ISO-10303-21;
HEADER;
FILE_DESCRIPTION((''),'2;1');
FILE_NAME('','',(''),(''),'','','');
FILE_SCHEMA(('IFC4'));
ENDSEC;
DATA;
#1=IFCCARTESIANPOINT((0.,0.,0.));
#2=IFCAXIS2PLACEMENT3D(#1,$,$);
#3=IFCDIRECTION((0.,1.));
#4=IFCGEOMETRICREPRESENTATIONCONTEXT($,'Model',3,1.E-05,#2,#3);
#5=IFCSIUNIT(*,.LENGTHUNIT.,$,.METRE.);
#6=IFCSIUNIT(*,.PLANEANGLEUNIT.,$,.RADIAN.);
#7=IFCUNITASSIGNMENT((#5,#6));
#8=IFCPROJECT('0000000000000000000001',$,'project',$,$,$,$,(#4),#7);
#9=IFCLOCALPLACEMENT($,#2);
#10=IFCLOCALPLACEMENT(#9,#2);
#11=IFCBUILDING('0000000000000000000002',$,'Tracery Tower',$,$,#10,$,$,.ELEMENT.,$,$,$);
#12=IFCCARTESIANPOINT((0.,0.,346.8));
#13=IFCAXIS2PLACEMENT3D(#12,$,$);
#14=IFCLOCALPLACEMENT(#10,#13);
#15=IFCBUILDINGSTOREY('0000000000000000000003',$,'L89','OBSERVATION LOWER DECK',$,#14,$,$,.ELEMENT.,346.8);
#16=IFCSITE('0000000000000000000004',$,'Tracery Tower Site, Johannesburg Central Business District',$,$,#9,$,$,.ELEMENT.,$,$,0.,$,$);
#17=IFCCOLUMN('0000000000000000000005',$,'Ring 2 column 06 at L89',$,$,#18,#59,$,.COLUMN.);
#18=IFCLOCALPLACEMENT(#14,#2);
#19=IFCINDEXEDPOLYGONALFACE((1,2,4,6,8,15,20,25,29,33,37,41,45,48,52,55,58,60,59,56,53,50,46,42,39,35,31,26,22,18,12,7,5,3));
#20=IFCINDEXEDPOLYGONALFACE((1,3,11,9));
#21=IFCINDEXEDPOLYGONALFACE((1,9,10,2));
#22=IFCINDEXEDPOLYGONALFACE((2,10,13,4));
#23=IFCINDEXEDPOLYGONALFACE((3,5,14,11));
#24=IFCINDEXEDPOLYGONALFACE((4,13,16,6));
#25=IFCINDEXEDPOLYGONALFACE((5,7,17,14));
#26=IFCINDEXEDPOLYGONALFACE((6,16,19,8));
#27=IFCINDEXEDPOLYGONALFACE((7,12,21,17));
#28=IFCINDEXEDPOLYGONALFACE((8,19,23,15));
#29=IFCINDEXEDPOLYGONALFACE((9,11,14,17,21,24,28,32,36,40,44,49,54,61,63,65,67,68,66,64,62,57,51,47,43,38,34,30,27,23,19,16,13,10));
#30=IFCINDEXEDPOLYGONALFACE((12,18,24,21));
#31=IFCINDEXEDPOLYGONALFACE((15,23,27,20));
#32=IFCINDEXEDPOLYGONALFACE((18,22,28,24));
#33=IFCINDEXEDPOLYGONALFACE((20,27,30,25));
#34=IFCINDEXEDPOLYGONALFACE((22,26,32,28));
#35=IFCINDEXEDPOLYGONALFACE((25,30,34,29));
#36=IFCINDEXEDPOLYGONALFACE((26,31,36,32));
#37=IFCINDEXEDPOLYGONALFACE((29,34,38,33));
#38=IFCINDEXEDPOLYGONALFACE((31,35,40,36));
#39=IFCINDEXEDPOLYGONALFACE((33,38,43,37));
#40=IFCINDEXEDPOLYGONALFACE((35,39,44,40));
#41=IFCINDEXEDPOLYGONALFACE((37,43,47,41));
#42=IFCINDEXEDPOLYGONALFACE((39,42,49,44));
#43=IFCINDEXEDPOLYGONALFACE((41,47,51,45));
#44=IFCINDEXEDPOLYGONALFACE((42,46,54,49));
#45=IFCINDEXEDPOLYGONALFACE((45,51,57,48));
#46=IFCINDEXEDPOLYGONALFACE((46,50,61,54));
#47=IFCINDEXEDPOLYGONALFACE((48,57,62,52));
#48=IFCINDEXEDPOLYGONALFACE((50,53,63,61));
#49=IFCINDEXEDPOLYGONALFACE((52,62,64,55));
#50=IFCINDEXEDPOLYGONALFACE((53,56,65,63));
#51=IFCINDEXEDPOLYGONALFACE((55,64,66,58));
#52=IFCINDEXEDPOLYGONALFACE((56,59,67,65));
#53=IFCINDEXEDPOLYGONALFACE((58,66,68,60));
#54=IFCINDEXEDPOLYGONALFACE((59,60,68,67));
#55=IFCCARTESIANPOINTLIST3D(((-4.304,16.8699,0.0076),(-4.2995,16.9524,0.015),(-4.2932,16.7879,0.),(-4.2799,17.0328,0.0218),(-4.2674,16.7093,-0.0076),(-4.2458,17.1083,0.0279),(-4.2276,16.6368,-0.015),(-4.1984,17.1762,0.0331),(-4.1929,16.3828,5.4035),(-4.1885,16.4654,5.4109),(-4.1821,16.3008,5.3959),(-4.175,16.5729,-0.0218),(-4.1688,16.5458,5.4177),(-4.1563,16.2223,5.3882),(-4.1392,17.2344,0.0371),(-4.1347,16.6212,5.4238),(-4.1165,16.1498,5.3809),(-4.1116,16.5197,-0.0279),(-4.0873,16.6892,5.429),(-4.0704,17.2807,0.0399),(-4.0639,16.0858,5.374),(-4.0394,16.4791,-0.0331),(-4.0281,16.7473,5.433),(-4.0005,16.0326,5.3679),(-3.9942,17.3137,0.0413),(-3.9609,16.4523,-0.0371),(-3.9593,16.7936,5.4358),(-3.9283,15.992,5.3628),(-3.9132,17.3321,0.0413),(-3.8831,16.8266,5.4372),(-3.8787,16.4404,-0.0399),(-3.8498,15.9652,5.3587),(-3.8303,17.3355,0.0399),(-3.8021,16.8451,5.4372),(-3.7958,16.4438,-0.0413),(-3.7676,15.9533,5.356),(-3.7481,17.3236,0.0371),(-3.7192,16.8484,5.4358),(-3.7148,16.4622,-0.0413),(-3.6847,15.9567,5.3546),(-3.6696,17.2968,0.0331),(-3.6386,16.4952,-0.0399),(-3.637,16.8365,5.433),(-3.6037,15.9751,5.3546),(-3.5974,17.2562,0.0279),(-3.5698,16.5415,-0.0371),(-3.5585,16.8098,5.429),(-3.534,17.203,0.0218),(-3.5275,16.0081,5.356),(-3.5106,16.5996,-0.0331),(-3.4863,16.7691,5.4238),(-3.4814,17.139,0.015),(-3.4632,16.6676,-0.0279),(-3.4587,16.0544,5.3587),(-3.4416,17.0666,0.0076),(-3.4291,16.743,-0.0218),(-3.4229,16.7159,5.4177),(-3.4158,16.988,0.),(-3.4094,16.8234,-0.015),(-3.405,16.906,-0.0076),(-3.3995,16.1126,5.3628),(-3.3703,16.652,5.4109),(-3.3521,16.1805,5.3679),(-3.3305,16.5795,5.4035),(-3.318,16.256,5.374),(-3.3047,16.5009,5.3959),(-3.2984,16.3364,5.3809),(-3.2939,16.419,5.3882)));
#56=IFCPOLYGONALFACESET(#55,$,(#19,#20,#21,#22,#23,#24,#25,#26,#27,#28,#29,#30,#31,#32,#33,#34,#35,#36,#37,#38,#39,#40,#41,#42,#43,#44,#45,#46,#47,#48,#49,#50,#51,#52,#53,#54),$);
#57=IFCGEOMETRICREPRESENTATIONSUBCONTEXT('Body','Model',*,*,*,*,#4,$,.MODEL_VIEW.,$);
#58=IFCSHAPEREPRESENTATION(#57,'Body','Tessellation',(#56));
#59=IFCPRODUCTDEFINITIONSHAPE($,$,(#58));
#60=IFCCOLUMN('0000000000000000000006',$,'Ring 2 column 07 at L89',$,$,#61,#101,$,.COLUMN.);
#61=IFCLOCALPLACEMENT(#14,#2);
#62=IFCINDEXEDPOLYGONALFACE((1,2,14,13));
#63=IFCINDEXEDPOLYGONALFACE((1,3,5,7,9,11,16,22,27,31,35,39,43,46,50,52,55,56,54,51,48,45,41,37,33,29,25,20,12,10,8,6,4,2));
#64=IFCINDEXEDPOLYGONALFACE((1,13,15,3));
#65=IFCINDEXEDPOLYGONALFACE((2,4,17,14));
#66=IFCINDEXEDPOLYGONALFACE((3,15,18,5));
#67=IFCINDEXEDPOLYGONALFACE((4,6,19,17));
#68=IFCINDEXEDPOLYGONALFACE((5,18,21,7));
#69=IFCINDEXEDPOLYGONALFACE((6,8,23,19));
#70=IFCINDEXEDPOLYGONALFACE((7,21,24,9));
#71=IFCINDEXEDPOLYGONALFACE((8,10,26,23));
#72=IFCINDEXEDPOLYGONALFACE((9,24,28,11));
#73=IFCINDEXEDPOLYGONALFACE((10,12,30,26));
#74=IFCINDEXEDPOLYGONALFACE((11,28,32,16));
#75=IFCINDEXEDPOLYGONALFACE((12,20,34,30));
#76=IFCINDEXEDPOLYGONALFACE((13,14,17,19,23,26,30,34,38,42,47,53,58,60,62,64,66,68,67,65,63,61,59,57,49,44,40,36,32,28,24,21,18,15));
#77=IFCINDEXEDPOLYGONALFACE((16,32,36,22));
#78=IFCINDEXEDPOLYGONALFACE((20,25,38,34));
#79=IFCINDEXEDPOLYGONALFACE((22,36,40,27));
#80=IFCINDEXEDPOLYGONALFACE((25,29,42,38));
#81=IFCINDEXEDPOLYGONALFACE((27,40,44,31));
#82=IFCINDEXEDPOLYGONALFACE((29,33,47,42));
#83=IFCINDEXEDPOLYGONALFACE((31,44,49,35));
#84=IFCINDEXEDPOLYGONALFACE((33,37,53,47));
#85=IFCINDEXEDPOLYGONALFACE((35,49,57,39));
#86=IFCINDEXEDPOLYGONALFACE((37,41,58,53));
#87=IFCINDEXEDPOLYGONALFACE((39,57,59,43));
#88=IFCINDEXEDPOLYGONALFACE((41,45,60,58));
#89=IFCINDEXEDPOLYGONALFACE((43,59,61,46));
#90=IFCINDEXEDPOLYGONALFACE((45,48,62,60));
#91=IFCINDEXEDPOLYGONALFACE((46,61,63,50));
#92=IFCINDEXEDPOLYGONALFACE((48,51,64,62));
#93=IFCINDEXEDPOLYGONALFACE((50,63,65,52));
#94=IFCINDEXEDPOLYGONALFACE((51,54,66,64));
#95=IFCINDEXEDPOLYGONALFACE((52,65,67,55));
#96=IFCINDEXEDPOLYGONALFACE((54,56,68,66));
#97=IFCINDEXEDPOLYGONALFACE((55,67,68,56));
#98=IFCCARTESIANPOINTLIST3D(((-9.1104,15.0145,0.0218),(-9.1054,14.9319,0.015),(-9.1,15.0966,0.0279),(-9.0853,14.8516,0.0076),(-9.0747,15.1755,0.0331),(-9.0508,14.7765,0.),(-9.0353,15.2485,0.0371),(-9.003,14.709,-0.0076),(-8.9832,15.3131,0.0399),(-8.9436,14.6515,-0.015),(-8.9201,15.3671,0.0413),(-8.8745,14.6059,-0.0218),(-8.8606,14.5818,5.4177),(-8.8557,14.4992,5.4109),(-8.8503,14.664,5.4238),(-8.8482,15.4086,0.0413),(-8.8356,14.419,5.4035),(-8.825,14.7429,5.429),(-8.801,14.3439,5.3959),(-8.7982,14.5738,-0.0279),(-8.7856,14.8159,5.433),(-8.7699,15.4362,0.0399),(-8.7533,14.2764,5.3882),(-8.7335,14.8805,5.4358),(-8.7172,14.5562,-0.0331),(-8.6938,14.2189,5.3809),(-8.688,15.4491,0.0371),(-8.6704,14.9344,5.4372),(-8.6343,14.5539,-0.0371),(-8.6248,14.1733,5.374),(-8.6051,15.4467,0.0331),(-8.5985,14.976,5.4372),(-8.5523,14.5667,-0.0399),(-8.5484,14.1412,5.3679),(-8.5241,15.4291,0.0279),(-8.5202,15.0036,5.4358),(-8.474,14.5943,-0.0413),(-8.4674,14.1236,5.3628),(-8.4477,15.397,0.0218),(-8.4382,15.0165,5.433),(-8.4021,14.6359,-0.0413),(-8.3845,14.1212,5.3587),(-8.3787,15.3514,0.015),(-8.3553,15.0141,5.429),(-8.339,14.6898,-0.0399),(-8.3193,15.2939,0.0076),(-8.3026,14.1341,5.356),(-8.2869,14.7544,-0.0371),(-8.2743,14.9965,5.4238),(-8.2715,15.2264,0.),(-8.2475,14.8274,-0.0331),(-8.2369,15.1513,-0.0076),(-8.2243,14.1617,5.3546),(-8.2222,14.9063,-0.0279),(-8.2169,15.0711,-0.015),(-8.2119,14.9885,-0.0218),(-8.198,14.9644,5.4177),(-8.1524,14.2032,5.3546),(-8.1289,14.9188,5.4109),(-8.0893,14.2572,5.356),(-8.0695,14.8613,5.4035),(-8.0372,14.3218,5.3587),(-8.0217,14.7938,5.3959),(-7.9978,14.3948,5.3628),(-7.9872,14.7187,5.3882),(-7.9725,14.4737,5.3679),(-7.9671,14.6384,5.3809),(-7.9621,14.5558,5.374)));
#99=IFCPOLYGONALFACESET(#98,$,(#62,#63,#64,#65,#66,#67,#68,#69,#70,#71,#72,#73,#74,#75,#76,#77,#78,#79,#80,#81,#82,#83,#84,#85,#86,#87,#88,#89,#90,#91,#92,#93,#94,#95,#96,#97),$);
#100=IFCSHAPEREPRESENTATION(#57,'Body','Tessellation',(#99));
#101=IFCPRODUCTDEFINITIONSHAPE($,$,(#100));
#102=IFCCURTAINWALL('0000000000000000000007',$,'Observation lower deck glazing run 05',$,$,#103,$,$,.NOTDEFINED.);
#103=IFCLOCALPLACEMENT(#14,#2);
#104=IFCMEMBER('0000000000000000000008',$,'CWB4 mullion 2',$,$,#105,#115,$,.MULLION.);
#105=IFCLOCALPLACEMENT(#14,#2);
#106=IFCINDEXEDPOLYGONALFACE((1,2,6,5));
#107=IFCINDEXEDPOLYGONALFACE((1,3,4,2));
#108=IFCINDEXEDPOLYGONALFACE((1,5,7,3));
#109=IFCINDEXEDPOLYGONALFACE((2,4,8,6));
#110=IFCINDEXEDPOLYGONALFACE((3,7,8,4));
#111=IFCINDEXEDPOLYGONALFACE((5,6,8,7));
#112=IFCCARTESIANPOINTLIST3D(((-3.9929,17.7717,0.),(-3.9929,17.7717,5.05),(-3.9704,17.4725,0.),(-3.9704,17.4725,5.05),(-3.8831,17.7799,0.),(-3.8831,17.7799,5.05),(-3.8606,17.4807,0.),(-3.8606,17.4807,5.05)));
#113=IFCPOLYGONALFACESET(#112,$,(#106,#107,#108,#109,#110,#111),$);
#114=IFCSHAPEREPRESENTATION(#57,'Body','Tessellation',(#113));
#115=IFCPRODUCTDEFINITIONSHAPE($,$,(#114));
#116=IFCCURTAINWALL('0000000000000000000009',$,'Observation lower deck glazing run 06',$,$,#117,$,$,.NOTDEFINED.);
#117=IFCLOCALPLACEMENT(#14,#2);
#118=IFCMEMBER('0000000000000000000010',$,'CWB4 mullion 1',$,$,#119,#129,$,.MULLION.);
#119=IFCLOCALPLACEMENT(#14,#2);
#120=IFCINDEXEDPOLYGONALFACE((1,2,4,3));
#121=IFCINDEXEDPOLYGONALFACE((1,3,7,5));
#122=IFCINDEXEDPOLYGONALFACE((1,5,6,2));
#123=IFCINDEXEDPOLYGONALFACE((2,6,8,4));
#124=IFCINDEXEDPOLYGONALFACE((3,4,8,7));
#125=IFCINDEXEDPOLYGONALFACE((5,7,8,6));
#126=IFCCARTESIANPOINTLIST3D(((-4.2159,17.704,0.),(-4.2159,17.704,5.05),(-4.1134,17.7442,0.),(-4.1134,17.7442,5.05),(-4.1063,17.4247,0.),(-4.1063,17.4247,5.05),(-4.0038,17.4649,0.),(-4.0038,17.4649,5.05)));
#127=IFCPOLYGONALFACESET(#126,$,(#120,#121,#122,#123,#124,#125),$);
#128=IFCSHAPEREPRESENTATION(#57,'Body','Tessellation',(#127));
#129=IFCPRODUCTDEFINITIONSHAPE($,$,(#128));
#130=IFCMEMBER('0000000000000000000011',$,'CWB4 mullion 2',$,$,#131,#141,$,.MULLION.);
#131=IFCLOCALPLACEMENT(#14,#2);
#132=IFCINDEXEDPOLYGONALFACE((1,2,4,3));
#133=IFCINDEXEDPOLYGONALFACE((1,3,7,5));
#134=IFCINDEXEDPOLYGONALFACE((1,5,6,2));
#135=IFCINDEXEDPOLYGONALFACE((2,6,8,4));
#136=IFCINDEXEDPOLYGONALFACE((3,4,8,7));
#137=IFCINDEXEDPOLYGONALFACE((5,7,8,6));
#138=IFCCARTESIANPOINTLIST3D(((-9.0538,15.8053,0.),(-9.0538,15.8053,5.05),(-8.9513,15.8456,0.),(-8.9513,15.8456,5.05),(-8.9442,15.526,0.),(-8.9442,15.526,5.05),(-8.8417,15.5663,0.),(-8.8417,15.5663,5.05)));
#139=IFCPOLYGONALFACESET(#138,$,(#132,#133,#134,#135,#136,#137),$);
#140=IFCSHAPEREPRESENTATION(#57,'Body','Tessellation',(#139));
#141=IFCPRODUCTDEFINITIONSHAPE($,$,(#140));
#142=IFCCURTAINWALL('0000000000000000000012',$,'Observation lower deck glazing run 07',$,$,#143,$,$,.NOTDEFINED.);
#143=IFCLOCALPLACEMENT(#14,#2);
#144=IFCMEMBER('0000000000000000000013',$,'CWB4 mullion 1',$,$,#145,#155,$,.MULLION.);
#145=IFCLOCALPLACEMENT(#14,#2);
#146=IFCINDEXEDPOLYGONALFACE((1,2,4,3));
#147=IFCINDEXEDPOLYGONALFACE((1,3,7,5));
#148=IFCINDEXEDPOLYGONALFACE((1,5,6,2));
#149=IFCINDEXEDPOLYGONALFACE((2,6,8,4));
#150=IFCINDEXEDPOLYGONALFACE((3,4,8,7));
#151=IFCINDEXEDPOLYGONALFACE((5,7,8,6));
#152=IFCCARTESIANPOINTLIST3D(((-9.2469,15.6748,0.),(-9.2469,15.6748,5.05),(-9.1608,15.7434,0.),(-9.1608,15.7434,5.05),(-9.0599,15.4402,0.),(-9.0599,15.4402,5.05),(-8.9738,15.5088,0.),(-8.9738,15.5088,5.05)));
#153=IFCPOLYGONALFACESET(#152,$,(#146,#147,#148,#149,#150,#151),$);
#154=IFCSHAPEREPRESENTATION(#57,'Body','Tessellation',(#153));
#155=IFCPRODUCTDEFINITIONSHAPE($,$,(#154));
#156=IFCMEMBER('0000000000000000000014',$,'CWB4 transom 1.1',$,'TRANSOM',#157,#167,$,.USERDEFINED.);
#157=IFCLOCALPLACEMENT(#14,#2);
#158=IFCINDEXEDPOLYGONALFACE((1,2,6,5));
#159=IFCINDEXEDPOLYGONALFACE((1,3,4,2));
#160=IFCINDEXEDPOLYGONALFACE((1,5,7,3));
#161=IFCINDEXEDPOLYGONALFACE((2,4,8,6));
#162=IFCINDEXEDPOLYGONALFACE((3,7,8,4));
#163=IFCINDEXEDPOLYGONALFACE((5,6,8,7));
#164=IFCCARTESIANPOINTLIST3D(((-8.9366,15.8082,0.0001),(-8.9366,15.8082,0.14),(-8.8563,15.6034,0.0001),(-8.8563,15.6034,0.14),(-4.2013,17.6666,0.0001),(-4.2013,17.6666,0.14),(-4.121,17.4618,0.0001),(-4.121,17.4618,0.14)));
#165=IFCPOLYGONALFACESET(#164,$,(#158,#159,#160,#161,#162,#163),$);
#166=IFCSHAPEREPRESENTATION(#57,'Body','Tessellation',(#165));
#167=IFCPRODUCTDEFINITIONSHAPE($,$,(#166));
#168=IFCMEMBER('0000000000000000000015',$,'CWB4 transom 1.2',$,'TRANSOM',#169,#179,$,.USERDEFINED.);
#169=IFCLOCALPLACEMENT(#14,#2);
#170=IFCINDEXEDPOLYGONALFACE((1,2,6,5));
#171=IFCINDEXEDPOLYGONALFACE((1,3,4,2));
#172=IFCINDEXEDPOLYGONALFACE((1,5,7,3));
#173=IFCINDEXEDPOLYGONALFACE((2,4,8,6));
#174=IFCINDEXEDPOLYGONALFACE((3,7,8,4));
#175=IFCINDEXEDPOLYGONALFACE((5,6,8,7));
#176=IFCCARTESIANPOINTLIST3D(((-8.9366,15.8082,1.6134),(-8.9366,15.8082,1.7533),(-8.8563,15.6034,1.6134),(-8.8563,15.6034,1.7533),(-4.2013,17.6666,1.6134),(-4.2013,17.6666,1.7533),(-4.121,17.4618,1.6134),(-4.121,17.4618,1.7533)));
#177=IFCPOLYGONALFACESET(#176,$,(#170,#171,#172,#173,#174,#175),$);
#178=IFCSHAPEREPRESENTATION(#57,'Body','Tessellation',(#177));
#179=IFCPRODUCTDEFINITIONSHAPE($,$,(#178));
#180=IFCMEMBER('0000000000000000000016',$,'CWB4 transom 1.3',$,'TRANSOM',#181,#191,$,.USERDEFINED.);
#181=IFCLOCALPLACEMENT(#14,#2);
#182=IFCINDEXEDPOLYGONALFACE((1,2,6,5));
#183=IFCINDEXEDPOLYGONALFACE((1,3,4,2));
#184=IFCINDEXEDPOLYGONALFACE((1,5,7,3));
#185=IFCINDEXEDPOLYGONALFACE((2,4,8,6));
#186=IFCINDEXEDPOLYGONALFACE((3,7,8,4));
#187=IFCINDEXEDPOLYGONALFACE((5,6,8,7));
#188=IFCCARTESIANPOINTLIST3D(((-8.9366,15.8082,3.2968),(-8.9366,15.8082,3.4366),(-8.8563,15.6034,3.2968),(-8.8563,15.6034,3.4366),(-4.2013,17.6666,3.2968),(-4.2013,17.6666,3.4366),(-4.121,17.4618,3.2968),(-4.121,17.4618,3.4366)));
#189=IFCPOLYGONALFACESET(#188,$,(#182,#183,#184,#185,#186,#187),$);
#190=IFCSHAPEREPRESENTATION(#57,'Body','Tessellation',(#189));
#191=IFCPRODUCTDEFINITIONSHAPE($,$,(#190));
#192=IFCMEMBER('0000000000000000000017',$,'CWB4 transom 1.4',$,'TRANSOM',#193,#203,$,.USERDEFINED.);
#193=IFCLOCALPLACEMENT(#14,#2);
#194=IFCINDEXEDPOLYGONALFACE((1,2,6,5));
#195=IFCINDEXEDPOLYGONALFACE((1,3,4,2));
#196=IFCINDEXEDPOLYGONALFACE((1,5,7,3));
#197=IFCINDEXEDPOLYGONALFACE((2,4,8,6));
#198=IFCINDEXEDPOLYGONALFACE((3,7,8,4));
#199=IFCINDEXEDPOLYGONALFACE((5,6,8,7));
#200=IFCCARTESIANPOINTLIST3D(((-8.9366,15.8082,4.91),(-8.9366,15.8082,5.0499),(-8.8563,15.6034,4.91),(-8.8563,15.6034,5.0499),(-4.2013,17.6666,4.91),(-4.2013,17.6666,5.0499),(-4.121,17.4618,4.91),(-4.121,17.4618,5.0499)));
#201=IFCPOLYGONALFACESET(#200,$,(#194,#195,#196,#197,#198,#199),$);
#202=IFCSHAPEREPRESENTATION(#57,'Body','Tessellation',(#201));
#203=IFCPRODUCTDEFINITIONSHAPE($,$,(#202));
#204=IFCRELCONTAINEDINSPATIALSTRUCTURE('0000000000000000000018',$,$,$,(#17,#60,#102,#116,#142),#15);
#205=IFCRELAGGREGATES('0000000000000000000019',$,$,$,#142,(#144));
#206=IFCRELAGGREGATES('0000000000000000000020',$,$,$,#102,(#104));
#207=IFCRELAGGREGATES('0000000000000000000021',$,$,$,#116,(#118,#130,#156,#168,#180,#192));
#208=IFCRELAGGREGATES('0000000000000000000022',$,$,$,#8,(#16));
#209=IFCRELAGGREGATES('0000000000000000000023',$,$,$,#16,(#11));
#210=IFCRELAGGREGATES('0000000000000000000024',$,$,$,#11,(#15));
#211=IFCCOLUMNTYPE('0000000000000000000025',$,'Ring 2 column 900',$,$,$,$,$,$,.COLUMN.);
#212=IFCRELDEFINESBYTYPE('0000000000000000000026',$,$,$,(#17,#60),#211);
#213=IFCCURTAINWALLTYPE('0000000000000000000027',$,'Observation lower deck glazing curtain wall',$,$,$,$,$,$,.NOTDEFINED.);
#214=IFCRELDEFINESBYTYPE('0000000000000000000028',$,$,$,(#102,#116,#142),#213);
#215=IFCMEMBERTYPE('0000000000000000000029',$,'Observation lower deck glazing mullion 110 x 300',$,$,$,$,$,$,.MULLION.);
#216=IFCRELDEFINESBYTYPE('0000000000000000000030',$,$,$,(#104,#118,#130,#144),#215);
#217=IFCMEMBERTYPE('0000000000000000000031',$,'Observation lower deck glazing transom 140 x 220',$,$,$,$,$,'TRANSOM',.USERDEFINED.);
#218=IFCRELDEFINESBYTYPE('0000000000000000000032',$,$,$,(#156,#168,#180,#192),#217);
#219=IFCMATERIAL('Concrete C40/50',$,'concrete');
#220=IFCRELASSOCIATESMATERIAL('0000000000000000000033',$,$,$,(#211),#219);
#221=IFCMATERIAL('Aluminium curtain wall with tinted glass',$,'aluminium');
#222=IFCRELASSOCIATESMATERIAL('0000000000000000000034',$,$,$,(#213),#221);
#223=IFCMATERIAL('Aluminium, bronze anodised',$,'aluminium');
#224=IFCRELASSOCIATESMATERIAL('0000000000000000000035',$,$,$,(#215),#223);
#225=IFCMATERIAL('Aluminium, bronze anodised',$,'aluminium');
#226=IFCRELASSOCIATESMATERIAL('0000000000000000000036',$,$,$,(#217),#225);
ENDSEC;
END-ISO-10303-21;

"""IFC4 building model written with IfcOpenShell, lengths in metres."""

from ifc_helpers import new_model, si_unit, direction, frame, origin, origin_2d, place, context, subcontext, project, spatial, rectangle, circle, extrude, material, material_profile, profile_set, type_object, element, aggregate, save


model = new_model("IFC4")

# Units and contexts
model_context = context("Model", 3, precision=1e-05, world=origin(), true_north=direction((0.0, 1.0)))
body_context = subcontext(model_context, "Body", "Model", "MODEL_VIEW")
ifc_project = project(units=[si_unit("LENGTHUNIT", "METRE"), si_unit("PLANEANGLEUNIT", "RADIAN")], contexts=[model_context])

# Site, building, storey
site_placement = place(None, origin())
site = spatial("IfcSite", under=ifc_project, at=site_placement, Name="Tracery Tower Site, Johannesburg Central Business District", CompositionType="ELEMENT", RefElevation=0.0)
building_placement = place(site_placement, origin())
building = spatial("IfcBuilding", under=site, at=building_placement, Name="Tracery Tower", CompositionType="ELEMENT")
storey_placement = place(building_placement, frame((0.0, 0.0, 346.8)))
storey = spatial("IfcBuildingStorey", under=building, at=storey_placement, Name="L89", Description="OBSERVATION LOWER DECK", CompositionType="ELEMENT", Elevation=346.8)

# Columns
ifc_material_1 = material(Name="Concrete C40/50", Category="concrete")
ifc_material_profile_1 = material_profile(ifc_material_1, circle(Radius=0.45, at=origin_2d()), Name="RC D900")
ifc_profile_set_1 = profile_set([ifc_material_profile_1], Name="Concrete C40/50")
column_type = type_object("IfcColumnType", Name="Ring 2 column 900", PredefinedType="COLUMN", material=ifc_profile_set_1)
for number, where, z_axis, x_axis, name in (
    (1, (-3.8545, 16.8879, 0.0), (0.0205, -0.089883, 0.995741), (0.974965, 0.22236, 0.0), "Ring 2 column 06 at L89"),
    (2, (-8.6611, 15.0015, 0.0), (0.04609, -0.079836, 0.995742), (0.866039, 0.499976, 0.0), "Ring 2 column 07 at L89"),
):
    element("IfcColumn", number, at=place(storey_placement, frame(where, z_axis=z_axis, x_axis=x_axis)), inside=storey, type_object=column_type, Name=name, PredefinedType="COLUMN", context=body_context, shape_type="SweptSolid", body=[
        extrude(circle(Radius=0.45, at=origin_2d()), origin(), (0.0, 0.0, 1.0), 5.4189),
    ])

# Curtain wall, member
ifc_material_2 = material(Name="Aluminium curtain wall with tinted glass", Category="aluminium")
curtain_wall_type = type_object("IfcCurtainWallType", Name="Observation lower deck glazing curtain wall", PredefinedType="NOTDEFINED", material=ifc_material_2)
curtain_wall_1_placement = place(storey_placement, origin())
curtain_wall_1 = element("IfcCurtainWall", 3, at=curtain_wall_1_placement, inside=storey, type_object=curtain_wall_type, Name="Observation lower deck glazing run 05", PredefinedType="NOTDEFINED")
ifc_material_3 = material(Name="Aluminium, bronze anodised", Category="aluminium")
ifc_material_profile_2 = material_profile(ifc_material_3, rectangle(XDim=0.3, YDim=0.1101, at=origin_2d()), Name="Observation lower deck glazing mullion 110 x 300")
ifc_profile_set_2 = profile_set([ifc_material_profile_2], Name="Aluminium, bronze anodised")
member_type_1 = type_object("IfcMemberType", Name="Observation lower deck glazing mullion 110 x 300", PredefinedType="MULLION", material=ifc_profile_set_2)
member_1_placement = place(storey_placement, frame((-3.9268, 17.6262, 0.0), z_axis=(0.0, 0.0, 1.0), x_axis=(0.074731, -0.997204, 0.0)))
member_1 = element("IfcMember", 4, at=member_1_placement, type_object=member_type_1, Name="CWB4 mullion 2", PredefinedType="MULLION", context=body_context, shape_type="SweptSolid", body=[
    extrude(rectangle(XDim=0.3, YDim=0.1101, at=origin_2d()), origin(), (0.0, 0.0, 1.0), 5.05),
])

# Curtain wall, members
curtain_wall_2_placement = place(storey_placement, origin())
curtain_wall_2 = element("IfcCurtainWall", 5, at=curtain_wall_2_placement, inside=storey, type_object=curtain_wall_type, Name="Observation lower deck glazing run 06", PredefinedType="NOTDEFINED")
member_2_placement = place(storey_placement, frame((-4.1099, 17.5845, 0.0), z_axis=(0.0, 0.0, 1.0), x_axis=(0.365343, -0.930873, 0.0)))
member_2 = element("IfcMember", 6, at=member_2_placement, type_object=member_type_1, Name="CWB4 mullion 1", PredefinedType="MULLION", context=body_context, shape_type="SweptSolid", body=[
    extrude(rectangle(XDim=0.3, YDim=0.1101, at=origin_2d()), origin(), (0.0, 0.0, 1.0), 5.05),
])
member_3_placement = place(storey_placement, frame((-8.9478, 15.6858, 0.0), z_axis=(0.0, 0.0, 1.0), x_axis=(0.365343, -0.930873, 0.0)))
member_3 = element("IfcMember", 7, at=member_3_placement, type_object=member_type_1, Name="CWB4 mullion 2", PredefinedType="MULLION", context=body_context, shape_type="SweptSolid", body=[
    extrude(rectangle(XDim=0.3, YDim=0.1101, at=origin_2d()), origin(), (0.0, 0.0, 1.0), 5.05),
])

# Curtain wall, member
curtain_wall_3_placement = place(storey_placement, origin())
curtain_wall_3 = element("IfcCurtainWall", 8, at=curtain_wall_3_placement, inside=storey, type_object=curtain_wall_type, Name="Observation lower deck glazing run 07", PredefinedType="NOTDEFINED")
member_4_placement = place(storey_placement, frame((-9.1104, 15.5918, 0.0), z_axis=(0.0, 0.0, 1.0), x_axis=(0.623481, -0.781839, 0.0)))
member_4 = element("IfcMember", 9, at=member_4_placement, type_object=member_type_1, Name="CWB4 mullion 1", PredefinedType="MULLION", context=body_context, shape_type="SweptSolid", body=[
    extrude(rectangle(XDim=0.3, YDim=0.1101, at=origin_2d()), origin(), (0.0, 0.0, 1.0), 5.05),
])

# Members
ifc_material_4 = material(Name="Aluminium, bronze anodised", Category="aluminium")
ifc_material_profile_3 = material_profile(ifc_material_4, rectangle(XDim=0.22, YDim=0.1399, at=origin_2d()), Name="Observation lower deck glazing transom 140 x 220")
ifc_profile_set_3 = profile_set([ifc_material_profile_3], Name="Aluminium, bronze anodised")
member_type_2 = type_object("IfcMemberType", Name="Observation lower deck glazing transom 140 x 220", ElementType="TRANSOM", PredefinedType="USERDEFINED", material=ifc_profile_set_3)
member_5_placement = place(storey_placement, frame((-4.1611, 17.5642, 0.0701), z_axis=(-0.93088, -0.365326, 0.0), x_axis=(0.365326, -0.93088, 0.0)))
member_5 = element("IfcMember", 10, at=member_5_placement, type_object=member_type_2, Name="CWB4 transom 1.1", ObjectType="TRANSOM", PredefinedType="USERDEFINED", context=body_context, shape_type="SweptSolid", body=[
    extrude(rectangle(XDim=0.22, YDim=0.1399, at=origin_2d()), origin(), (0.0, 0.0, 1.0), 5.0869),
])
member_6_placement = place(storey_placement, frame((-4.1611, 17.5642, 1.6833), z_axis=(-0.93088, -0.365326, 0.0), x_axis=(0.365326, -0.93088, 0.0)))
member_6 = element("IfcMember", 11, at=member_6_placement, type_object=member_type_2, Name="CWB4 transom 1.2", ObjectType="TRANSOM", PredefinedType="USERDEFINED", context=body_context, shape_type="SweptSolid", body=[
    extrude(rectangle(XDim=0.22, YDim=0.1399, at=origin_2d()), origin(), (0.0, 0.0, 1.0), 5.0869),
])
member_7_placement = place(storey_placement, frame((-4.1611, 17.5642, 3.3667), z_axis=(-0.93088, -0.365326, 0.0), x_axis=(0.365326, -0.93088, 0.0)))
member_7 = element("IfcMember", 12, at=member_7_placement, type_object=member_type_2, Name="CWB4 transom 1.3", ObjectType="TRANSOM", PredefinedType="USERDEFINED", context=body_context, shape_type="SweptSolid", body=[
    extrude(rectangle(XDim=0.22, YDim=0.1399, at=origin_2d()), origin(), (0.0, 0.0, 1.0), 5.0869),
])
member_8_placement = place(storey_placement, frame((-4.1611, 17.5642, 4.98), z_axis=(-0.93088, -0.365326, 0.0), x_axis=(0.365326, -0.93088, 0.0)))
member_8 = element("IfcMember", 13, at=member_8_placement, type_object=member_type_2, Name="CWB4 transom 1.4", ObjectType="TRANSOM", PredefinedType="USERDEFINED", context=body_context, shape_type="SweptSolid", body=[
    extrude(rectangle(XDim=0.22, YDim=0.1399, at=origin_2d()), origin(), (0.0, 0.0, 1.0), 5.0869),
])
aggregate(curtain_wall_3, [member_4])

aggregate(curtain_wall_1, [member_1])
aggregate(curtain_wall_2, [member_2, member_3, member_5, member_6, member_7, member_8])

save(model, "model.ifc")
